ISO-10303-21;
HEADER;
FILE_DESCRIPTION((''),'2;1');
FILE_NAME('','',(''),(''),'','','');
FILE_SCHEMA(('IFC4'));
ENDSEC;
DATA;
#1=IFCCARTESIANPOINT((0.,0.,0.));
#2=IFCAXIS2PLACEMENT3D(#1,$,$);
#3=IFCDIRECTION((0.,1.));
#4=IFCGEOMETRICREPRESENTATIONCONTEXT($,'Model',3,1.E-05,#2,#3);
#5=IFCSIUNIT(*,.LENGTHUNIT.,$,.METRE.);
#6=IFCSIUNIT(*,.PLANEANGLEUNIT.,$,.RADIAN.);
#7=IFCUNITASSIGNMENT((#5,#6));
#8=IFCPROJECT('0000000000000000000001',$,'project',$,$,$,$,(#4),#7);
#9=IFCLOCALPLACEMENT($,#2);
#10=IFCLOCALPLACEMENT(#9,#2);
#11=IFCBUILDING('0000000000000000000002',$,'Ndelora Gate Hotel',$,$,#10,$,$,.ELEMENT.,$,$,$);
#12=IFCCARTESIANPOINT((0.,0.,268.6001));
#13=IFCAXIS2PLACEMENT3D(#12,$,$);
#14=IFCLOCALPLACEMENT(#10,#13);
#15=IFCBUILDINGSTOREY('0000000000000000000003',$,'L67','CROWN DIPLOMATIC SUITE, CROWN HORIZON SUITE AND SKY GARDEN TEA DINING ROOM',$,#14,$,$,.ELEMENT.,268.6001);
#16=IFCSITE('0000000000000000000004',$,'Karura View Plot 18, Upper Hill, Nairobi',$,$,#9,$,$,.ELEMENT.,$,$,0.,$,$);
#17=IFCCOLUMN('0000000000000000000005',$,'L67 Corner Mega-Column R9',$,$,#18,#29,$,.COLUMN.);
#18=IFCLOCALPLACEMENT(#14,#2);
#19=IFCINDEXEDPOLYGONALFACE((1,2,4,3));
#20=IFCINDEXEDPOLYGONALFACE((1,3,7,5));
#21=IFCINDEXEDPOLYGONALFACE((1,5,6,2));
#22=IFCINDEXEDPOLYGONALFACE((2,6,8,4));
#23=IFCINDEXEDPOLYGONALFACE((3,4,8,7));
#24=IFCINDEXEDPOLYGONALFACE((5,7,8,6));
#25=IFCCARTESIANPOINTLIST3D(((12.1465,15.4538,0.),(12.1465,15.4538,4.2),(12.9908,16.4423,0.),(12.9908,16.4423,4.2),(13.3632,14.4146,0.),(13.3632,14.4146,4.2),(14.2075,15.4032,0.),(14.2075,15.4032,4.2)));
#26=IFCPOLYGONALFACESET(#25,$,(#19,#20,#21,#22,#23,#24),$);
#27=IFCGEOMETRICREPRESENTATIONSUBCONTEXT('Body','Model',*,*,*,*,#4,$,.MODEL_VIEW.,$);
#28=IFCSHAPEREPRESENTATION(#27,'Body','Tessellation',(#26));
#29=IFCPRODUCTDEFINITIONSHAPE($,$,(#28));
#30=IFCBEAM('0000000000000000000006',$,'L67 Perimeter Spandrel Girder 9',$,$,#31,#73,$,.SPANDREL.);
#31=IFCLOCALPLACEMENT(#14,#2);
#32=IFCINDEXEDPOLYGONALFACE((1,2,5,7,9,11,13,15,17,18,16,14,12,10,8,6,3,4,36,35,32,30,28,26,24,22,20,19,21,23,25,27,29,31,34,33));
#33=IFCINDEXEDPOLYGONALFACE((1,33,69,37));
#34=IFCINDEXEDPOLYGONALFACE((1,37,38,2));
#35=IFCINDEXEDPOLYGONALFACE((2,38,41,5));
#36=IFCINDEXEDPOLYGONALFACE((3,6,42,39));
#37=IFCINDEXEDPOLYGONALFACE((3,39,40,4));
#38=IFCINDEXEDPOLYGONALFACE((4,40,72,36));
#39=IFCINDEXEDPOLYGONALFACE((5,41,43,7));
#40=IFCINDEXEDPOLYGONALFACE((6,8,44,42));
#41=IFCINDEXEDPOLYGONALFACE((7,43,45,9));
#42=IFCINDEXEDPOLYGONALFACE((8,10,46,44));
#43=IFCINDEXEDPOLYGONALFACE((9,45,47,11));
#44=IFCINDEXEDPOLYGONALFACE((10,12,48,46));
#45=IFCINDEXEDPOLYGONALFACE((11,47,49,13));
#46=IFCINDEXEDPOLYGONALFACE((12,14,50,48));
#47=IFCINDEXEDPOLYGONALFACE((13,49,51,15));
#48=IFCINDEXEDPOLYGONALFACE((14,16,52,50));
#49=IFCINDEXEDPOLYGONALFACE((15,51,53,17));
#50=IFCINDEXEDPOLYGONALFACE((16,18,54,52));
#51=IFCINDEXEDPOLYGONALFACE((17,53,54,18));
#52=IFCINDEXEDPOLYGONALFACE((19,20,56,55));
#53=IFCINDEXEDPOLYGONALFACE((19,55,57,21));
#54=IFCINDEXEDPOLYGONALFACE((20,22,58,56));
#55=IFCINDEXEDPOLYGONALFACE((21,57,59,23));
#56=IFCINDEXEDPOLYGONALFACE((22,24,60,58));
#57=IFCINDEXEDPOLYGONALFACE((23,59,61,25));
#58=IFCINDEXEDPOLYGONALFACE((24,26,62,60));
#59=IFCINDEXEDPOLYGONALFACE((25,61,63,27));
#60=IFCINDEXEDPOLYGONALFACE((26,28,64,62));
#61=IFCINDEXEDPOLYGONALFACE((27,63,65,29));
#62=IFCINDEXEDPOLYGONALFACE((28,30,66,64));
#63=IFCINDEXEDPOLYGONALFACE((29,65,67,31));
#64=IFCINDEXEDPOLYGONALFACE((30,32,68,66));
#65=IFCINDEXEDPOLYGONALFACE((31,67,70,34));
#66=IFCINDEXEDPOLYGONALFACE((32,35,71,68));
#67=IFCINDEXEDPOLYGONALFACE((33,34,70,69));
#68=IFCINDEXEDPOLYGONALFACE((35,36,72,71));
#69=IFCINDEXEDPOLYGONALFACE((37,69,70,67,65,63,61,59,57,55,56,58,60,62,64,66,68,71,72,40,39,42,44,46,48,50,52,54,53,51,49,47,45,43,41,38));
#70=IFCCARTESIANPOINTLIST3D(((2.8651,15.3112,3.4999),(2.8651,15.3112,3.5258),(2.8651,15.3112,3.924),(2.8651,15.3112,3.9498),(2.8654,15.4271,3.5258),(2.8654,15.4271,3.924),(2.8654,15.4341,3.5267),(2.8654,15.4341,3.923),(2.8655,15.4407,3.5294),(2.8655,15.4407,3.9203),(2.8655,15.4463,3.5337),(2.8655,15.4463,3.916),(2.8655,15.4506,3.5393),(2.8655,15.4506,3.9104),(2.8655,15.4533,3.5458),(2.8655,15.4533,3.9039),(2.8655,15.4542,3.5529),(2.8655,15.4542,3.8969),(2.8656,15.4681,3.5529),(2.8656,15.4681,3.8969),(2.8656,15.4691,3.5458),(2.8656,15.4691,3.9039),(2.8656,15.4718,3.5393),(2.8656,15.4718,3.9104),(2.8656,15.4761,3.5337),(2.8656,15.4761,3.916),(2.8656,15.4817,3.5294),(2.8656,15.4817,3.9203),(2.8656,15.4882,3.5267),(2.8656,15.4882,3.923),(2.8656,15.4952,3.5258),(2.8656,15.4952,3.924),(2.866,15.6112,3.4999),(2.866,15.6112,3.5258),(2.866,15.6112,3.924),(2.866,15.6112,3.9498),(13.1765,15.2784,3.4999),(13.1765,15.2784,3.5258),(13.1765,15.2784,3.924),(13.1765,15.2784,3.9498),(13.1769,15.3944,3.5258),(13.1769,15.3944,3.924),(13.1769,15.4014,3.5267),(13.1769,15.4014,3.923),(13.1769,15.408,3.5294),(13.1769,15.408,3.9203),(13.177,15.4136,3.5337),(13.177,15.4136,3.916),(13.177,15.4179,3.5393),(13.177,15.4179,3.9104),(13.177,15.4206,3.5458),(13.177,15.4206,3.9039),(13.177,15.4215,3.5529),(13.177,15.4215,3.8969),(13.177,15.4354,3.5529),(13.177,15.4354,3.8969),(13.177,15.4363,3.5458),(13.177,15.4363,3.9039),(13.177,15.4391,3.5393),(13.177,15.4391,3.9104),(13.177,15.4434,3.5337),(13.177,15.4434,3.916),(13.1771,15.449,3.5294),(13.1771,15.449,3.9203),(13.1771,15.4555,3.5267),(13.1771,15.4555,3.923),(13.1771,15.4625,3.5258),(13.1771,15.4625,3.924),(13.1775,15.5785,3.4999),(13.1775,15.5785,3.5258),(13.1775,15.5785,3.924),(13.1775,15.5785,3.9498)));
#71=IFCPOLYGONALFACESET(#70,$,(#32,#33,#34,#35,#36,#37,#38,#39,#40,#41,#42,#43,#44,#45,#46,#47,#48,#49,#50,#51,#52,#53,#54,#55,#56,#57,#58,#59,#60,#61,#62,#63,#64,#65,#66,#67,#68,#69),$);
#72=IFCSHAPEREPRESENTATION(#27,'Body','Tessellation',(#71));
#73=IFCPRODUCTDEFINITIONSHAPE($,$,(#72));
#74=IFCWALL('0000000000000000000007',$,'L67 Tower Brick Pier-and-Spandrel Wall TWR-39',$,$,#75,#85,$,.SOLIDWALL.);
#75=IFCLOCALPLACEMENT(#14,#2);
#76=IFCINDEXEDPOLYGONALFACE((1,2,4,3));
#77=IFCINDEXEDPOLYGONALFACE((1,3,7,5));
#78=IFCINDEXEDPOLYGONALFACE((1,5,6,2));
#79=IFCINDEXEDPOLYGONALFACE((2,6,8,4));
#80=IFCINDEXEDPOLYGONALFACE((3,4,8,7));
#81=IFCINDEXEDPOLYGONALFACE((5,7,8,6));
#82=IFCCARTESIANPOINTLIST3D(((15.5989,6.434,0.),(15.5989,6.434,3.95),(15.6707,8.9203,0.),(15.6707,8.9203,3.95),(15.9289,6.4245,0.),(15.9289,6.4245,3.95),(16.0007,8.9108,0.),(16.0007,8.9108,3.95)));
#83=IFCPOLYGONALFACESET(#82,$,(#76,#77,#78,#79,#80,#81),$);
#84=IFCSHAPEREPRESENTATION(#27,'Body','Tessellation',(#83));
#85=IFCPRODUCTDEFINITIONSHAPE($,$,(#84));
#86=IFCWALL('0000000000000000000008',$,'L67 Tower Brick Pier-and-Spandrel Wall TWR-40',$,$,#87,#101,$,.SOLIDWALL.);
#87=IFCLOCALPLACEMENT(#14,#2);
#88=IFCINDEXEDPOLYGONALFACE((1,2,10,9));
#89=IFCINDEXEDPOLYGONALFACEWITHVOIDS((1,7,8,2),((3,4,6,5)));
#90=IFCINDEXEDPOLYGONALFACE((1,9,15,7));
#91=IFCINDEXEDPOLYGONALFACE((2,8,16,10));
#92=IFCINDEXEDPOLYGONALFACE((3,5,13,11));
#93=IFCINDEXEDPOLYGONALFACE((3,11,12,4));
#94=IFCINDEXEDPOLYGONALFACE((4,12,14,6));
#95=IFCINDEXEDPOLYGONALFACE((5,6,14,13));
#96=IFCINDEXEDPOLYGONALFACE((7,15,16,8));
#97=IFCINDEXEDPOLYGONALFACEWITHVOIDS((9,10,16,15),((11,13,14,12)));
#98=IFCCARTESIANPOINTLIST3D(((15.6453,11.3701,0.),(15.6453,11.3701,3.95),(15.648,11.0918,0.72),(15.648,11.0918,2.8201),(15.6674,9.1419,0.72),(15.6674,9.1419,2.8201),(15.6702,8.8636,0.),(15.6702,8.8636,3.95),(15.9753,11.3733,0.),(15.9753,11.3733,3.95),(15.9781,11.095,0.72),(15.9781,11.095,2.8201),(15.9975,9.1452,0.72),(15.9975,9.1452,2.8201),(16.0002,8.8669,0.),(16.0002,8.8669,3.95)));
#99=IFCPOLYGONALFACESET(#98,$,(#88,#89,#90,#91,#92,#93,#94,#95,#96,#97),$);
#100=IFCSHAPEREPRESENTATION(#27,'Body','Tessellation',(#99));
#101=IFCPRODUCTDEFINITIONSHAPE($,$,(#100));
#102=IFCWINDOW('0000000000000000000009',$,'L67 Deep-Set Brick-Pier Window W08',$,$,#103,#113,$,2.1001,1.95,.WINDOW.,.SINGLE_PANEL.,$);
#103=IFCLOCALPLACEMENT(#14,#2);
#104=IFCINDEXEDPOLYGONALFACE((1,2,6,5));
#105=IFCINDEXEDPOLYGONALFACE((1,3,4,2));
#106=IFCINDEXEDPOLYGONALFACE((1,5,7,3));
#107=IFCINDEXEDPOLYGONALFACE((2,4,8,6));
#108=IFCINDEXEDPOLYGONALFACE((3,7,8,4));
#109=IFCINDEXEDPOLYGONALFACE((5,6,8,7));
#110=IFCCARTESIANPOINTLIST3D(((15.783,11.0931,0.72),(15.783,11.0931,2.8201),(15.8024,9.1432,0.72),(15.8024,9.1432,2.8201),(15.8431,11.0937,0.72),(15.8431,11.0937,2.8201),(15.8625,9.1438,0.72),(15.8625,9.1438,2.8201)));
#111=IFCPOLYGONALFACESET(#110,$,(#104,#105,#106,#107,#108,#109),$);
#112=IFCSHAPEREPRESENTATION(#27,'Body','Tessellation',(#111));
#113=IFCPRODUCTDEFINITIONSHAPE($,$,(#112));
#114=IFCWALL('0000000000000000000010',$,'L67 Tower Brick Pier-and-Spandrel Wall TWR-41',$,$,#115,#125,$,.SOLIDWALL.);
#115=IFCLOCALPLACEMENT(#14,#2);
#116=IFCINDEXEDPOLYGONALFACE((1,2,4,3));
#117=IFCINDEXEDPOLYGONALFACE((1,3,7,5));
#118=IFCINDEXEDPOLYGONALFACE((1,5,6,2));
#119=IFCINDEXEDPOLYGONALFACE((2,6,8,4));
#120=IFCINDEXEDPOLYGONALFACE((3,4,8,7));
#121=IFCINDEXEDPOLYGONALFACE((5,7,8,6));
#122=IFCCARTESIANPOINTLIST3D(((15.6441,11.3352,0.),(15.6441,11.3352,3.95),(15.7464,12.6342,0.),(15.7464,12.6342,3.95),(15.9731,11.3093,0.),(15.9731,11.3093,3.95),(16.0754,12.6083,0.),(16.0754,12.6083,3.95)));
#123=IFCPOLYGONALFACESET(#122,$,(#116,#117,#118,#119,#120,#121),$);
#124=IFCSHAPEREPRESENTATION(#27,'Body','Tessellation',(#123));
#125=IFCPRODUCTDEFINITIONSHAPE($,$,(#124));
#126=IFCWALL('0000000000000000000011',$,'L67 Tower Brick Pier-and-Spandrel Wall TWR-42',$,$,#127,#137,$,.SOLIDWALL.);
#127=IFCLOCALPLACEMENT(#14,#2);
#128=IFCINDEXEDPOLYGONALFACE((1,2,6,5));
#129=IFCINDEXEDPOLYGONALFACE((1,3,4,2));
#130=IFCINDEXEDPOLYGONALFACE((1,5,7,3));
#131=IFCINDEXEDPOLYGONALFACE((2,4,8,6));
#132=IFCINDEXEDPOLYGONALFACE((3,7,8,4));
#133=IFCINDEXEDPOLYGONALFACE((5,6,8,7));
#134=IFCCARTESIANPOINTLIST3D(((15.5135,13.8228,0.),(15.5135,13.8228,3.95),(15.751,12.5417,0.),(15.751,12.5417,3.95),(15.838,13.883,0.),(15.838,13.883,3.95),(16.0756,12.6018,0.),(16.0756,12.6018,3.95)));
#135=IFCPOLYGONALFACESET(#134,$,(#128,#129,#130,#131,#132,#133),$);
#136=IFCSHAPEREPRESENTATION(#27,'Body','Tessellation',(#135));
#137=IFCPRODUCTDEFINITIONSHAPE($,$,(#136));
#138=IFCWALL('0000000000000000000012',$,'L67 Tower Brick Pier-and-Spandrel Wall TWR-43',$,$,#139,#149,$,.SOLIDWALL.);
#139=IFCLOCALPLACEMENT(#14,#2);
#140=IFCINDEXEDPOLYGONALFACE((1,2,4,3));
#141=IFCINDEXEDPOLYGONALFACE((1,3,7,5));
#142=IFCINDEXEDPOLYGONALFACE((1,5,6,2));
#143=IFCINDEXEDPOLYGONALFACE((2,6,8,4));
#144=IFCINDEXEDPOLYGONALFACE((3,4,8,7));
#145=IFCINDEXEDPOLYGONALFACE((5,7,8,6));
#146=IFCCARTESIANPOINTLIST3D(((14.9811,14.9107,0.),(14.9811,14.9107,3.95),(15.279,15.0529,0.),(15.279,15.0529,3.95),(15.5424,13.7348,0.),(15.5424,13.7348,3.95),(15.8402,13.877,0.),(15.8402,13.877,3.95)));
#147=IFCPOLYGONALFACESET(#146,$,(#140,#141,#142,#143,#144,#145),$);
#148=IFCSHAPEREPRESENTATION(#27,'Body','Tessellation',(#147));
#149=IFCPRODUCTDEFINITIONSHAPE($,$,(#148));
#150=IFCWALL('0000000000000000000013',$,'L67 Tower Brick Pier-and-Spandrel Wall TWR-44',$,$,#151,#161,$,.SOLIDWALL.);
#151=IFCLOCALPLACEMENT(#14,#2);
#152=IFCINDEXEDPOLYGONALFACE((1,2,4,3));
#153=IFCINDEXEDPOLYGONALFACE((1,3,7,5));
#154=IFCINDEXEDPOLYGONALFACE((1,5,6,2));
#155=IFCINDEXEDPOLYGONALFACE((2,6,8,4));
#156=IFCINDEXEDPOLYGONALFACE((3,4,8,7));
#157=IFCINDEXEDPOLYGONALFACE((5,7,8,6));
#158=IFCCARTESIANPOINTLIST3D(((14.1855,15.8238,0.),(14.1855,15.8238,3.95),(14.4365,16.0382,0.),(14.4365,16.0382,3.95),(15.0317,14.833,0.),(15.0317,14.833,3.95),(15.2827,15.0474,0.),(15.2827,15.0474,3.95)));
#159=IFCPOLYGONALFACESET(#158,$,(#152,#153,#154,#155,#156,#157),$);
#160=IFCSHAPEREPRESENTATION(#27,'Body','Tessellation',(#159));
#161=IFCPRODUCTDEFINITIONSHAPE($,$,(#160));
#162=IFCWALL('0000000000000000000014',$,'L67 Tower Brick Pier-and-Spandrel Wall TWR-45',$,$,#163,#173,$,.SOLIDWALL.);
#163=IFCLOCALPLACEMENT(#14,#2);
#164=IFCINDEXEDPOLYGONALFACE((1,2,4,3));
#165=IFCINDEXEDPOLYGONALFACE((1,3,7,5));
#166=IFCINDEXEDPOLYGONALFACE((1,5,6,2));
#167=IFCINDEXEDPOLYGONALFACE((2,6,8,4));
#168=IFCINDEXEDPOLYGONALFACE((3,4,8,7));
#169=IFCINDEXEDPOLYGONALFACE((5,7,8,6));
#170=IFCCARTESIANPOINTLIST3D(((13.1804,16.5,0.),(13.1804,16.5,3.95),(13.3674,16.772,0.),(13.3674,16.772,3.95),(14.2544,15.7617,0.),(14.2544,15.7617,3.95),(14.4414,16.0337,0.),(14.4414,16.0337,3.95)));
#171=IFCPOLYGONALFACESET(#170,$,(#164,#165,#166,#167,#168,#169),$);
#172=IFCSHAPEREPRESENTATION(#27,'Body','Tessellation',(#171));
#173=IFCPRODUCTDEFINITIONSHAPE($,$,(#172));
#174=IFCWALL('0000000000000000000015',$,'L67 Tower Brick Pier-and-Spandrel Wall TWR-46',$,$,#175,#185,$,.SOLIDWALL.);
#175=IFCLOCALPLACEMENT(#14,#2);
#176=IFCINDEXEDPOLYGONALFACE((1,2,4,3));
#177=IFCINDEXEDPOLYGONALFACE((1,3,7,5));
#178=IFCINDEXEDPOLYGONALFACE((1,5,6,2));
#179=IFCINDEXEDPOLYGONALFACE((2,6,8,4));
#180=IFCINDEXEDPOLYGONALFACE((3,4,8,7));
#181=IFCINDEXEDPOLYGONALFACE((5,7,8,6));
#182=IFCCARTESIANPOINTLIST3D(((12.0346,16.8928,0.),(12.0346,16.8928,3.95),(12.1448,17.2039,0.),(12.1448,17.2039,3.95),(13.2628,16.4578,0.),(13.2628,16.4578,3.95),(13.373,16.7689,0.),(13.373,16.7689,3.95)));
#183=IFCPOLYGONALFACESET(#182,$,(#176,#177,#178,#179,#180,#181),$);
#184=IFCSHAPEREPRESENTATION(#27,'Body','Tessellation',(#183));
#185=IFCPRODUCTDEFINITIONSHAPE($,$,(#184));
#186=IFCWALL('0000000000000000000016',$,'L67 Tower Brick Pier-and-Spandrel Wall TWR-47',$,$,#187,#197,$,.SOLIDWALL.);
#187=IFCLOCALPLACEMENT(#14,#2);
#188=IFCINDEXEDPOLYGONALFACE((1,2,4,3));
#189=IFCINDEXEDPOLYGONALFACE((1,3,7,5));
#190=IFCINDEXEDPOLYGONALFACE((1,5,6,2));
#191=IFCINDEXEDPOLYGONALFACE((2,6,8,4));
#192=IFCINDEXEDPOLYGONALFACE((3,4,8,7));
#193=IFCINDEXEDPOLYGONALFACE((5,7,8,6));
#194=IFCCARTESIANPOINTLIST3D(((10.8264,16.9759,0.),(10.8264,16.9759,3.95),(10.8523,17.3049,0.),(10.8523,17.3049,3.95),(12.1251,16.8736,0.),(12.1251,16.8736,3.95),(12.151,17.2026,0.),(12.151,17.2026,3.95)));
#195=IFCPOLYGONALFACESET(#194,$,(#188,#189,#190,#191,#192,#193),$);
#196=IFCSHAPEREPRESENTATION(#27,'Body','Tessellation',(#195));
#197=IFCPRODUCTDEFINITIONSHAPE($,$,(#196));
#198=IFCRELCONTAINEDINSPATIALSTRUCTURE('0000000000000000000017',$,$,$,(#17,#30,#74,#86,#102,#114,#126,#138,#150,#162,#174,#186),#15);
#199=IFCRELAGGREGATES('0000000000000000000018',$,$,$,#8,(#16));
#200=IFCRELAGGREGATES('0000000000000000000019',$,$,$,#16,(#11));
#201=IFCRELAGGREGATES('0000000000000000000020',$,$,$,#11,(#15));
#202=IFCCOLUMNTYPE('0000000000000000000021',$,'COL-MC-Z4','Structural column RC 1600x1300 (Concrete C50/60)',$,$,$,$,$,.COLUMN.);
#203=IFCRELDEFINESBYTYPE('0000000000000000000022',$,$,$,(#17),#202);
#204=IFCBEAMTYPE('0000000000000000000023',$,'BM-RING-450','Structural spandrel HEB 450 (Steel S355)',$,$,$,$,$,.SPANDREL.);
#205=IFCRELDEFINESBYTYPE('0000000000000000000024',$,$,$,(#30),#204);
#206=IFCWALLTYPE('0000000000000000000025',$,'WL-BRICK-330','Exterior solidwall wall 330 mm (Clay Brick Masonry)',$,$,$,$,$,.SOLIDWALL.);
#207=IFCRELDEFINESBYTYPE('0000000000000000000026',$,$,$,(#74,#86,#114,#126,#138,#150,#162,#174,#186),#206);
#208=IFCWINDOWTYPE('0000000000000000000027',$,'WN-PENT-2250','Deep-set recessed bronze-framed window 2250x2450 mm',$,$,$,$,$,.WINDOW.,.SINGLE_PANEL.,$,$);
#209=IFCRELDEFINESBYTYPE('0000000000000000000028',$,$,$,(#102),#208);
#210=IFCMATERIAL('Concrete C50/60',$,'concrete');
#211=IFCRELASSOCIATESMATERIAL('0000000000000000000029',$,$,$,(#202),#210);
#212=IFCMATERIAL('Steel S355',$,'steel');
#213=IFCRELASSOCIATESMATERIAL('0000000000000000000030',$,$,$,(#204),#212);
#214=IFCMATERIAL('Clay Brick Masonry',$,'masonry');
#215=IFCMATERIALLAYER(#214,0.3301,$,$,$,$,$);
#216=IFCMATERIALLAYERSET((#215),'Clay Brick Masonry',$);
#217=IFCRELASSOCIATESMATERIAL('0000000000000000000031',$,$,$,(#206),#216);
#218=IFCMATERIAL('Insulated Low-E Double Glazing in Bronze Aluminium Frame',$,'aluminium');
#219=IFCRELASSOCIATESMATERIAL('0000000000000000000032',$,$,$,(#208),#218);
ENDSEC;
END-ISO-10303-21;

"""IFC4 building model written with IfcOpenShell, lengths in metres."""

from ifc_helpers import new_model, si_unit, direction, frame, frame_2d, origin, origin_2d, place, context, subcontext, project, spatial, rectangle, i_section, extrude, material, layer, layer_set, material_profile, profile_set, type_object, element, fill, save


model = new_model("IFC4")

# Units and contexts
model_context = context("Model", 3, precision=1e-05, world=origin(), true_north=direction((0.0, 1.0)))
body_context = subcontext(model_context, "Body", "Model", "MODEL_VIEW")
ifc_project = project(units=[si_unit("LENGTHUNIT", "METRE"), si_unit("PLANEANGLEUNIT", "RADIAN")], contexts=[model_context])

# Site, building, storey
site_placement = place(None, origin())
site = spatial("IfcSite", under=ifc_project, at=site_placement, Name="Karura View Plot 18, Upper Hill, Nairobi", CompositionType="ELEMENT", RefElevation=0.0)
building_placement = place(site_placement, origin())
building = spatial("IfcBuilding", under=site, at=building_placement, Name="Ndelora Gate Hotel", CompositionType="ELEMENT")
storey_placement = place(building_placement, frame((0.0, 0.0, 268.6001)))
storey = spatial("IfcBuildingStorey", under=building, at=storey_placement, Name="L67", Description="CROWN DIPLOMATIC SUITE, CROWN HORIZON SUITE AND SKY GARDEN TEA DINING ROOM", CompositionType="ELEMENT", Elevation=268.6001)

# Column
ifc_material_1 = material(Name="Concrete C50/60", Category="concrete")
ifc_material_profile_1 = material_profile(ifc_material_1, rectangle(XDim=1.3, YDim=1.6001, at=origin_2d()), Name="RC 1600x1300")
ifc_profile_set_1 = profile_set([ifc_material_profile_1], Name="Concrete C50/60")
column_type = type_object("IfcColumnType", Name="COL-MC-Z4", Description="Structural column RC 1600x1300 (Concrete C50/60)", PredefinedType="COLUMN", material=ifc_profile_set_1)
column_placement = place(storey_placement, frame((13.177, 15.4285, 0.0), z_axis=(0.0, 0.0, 1.0), x_axis=(0.649448, 0.760406, 0.0)))
element("IfcColumn", 1, at=column_placement, inside=storey, type_object=column_type, Name="L67 Corner Mega-Column R9", PredefinedType="COLUMN", context=body_context, shape_type="SweptSolid", body=[
    extrude(rectangle(XDim=1.3, YDim=1.6001, at=origin_2d()), origin(), (0.0, 0.0, 1.0), 4.2),
])

# Beam
ifc_material_2 = material(Name="Steel S355", Category="steel")
ifc_material_profile_2 = material_profile(ifc_material_2, i_section(OverallWidth=0.3, OverallDepth=0.45, WebThickness=0.0139, FlangeThickness=0.0259, FilletRadius=0.0271, at=origin_2d()), Name="HEB 450")
ifc_profile_set_2 = profile_set([ifc_material_profile_2], Name="Steel S355")
beam_type = type_object("IfcBeamType", Name="BM-RING-450", Description="Structural spandrel HEB 450 (Steel S355)", PredefinedType="SPANDREL", material=ifc_profile_set_2)
beam_placement = place(storey_placement, frame((13.177, 15.4285, 3.7249), z_axis=(-0.999995, 0.003173, 0.0), x_axis=(-0.003173, -0.999995, 0.0)))
element("IfcBeam", 2, at=beam_placement, inside=storey, type_object=beam_type, Name="L67 Perimeter Spandrel Girder 9", PredefinedType="SPANDREL", context=body_context, shape_type="SweptSolid", body=[
    extrude(i_section(OverallWidth=0.3, OverallDepth=0.45, WebThickness=0.0139, FlangeThickness=0.0259, FilletRadius=0.0271, at=origin_2d()), origin(), (0.0, 0.0, 1.0), 10.3115),
])

# Wall
ifc_material_3 = material(Name="Clay Brick Masonry", Category="masonry")
ifc_layer_1 = layer(ifc_material_3, 0.3301)
ifc_layer_set_1 = layer_set([ifc_layer_1], Name="Clay Brick Masonry")
wall_type_1 = type_object("IfcWallType", Name="WL-BRICK-330", Description="Exterior solidwall wall 330 mm (Clay Brick Masonry)", PredefinedType="SOLIDWALL", material=ifc_layer_set_1)
wall_1_placement = place(storey_placement, frame((15.8357, 8.9155, 0.0), z_axis=(0.0, 0.0, 1.0), x_axis=(-0.028857, -0.999584, 0.0)))
element("IfcWall", 3, at=wall_1_placement, inside=storey, type_object=wall_type_1, Name="L67 Tower Brick Pier-and-Spandrel Wall TWR-39", PredefinedType="SOLIDWALL", context=body_context, shape_type="SweptSolid", body=[
    extrude(rectangle(XDim=2.4873, YDim=0.3301, at=frame_2d((1.2437, 0.0))), origin(), (0.0, 0.0, 1.0), 3.95),
])

# Wall, opening, window
wall_2_placement = place(storey_placement, frame((15.8103, 11.3718, 0.0), z_axis=(0.0, 0.0, 1.0), x_axis=(0.009935, -0.999951, 0.0)))
wall_2 = element("IfcWall", 4, at=wall_2_placement, inside=storey, type_object=wall_type_1, Name="L67 Tower Brick Pier-and-Spandrel Wall TWR-40", PredefinedType="SOLIDWALL", context=body_context, shape_type="SweptSolid", body=[
    extrude(rectangle(XDim=2.5066, YDim=0.3301, at=frame_2d((1.2534, 0.0))), origin(), (0.0, 0.0, 1.0), 3.95),
])
opening_1_placement = place(wall_2_placement, frame((0.2783, 0.0, 0.72)))
opening_1 = element("IfcOpeningElement", 5, at=opening_1_placement, cuts=wall_2, PredefinedType="OPENING", context=body_context, shape_type="SweptSolid", body=[
    extrude(rectangle(XDim=1.95, YDim=2.1001, at=frame_2d((0.9751, 1.05))), frame((0.0, 0.175, 0.0), z_axis=(0.0, -1.0, 0.0), x_axis=(1.0, 0.0, 0.0)), (0.0, 0.0, 1.0), 0.3501),
])
ifc_material_4 = material(Name="Insulated Low-E Double Glazing in Bronze Aluminium Frame", Category="aluminium")
window_type = type_object("IfcWindowType", Name="WN-PENT-2250", Description="Deep-set recessed bronze-framed window 2250x2450 mm", PartitioningType="SINGLE_PANEL", PredefinedType="WINDOW", material=ifc_material_4)
window_placement = place(opening_1_placement, origin())
window = element("IfcWindow", 6, at=window_placement, inside=storey, type_object=window_type, Name="L67 Deep-Set Brick-Pier Window W08", OverallHeight=2.1001, OverallWidth=1.95, PartitioningType="SINGLE_PANEL", PredefinedType="WINDOW", context=body_context, shape_type="SweptSolid", body=[
    extrude(rectangle(XDim=1.95, YDim=2.1001, at=frame_2d((0.9751, 1.05))), frame((0.0, 0.03, 0.0), z_axis=(0.0, -1.0, 0.0), x_axis=(1.0, 0.0, 0.0)), (0.0, 0.0, 1.0), 0.0601),
])
fill(opening_1, window)

# Walls
for number, where, z_axis, x_axis, name in (
    (7, (15.9109, 12.6211, 0.0), (0.0, 0.0, 1.0), (-0.078502, -0.996914, 0.0), "L67 Tower Brick Pier-and-Spandrel Wall TWR-41"),
    (8, (15.6758, 13.8528, 0.0), (0.0, 0.0, 1.0), (0.182297, -0.983243, 0.0), "L67 Tower Brick Pier-and-Spandrel Wall TWR-42"),
    (9, (15.1301, 14.9817, 0.0), (0.0, 0.0, 1.0), (0.430726, -0.902483, 0.0), "L67 Tower Brick Pier-and-Spandrel Wall TWR-43"),
    (10, (14.311, 15.9309, 0.0), (0.0, 0.0, 1.0), (0.649463, -0.760393, 0.0), "L67 Tower Brick Pier-and-Spandrel Wall TWR-44"),
):
    element("IfcWall", number, at=place(storey_placement, frame(where, z_axis=z_axis, x_axis=x_axis)), inside=storey, type_object=wall_type_1, Name=name, PredefinedType="SOLIDWALL", context=body_context, shape_type="SweptSolid", body=[
        extrude(rectangle(XDim=1.303, YDim=0.3301, at=frame_2d((0.6514, 0.0))), origin(), (0.0, 0.0, 1.0), 3.95),
    ])
wall_3_placement = place(storey_placement, frame((13.2739, 16.636, 0.0), z_axis=(0.0, 0.0, 1.0), x_axis=(0.824069, -0.566489, 0.0)))
element("IfcWall", 11, at=wall_3_placement, inside=storey, type_object=wall_type_1, Name="L67 Tower Brick Pier-and-Spandrel Wall TWR-45", PredefinedType="SOLIDWALL", context=body_context, shape_type="SweptSolid", body=[
    extrude(rectangle(XDim=1.3032, YDim=0.3301, at=frame_2d((0.6516, 0.0))), origin(), (0.0, 0.0, 1.0), 3.95),
])
wall_4_placement = place(storey_placement, frame((12.0898, 17.0483, 0.0), z_axis=(0.0, 0.0, 1.0), x_axis=(0.942616, -0.333878, 0.0)))
element("IfcWall", 12, at=wall_4_placement, inside=storey, type_object=wall_type_1, Name="L67 Tower Brick Pier-and-Spandrel Wall TWR-46", PredefinedType="SOLIDWALL", context=body_context, shape_type="SweptSolid", body=[
    extrude(rectangle(XDim=1.303, YDim=0.3301, at=frame_2d((0.6514, 0.0))), origin(), (0.0, 0.0, 1.0), 3.95),
])
wall_5_placement = place(storey_placement, frame((10.8394, 17.1404, 0.0), z_axis=(0.0, 0.0, 1.0), x_axis=(0.996913, -0.078516, 0.0)))
element("IfcWall", 13, at=wall_5_placement, inside=storey, type_object=wall_type_1, Name="L67 Tower Brick Pier-and-Spandrel Wall TWR-47", PredefinedType="SOLIDWALL", context=body_context, shape_type="SweptSolid", body=[
    extrude(rectangle(XDim=1.3027, YDim=0.3301, at=frame_2d((0.6514, 0.0))), origin(), (0.0, 0.0, 1.0), 3.95),
])

save(model, "model.ifc")
